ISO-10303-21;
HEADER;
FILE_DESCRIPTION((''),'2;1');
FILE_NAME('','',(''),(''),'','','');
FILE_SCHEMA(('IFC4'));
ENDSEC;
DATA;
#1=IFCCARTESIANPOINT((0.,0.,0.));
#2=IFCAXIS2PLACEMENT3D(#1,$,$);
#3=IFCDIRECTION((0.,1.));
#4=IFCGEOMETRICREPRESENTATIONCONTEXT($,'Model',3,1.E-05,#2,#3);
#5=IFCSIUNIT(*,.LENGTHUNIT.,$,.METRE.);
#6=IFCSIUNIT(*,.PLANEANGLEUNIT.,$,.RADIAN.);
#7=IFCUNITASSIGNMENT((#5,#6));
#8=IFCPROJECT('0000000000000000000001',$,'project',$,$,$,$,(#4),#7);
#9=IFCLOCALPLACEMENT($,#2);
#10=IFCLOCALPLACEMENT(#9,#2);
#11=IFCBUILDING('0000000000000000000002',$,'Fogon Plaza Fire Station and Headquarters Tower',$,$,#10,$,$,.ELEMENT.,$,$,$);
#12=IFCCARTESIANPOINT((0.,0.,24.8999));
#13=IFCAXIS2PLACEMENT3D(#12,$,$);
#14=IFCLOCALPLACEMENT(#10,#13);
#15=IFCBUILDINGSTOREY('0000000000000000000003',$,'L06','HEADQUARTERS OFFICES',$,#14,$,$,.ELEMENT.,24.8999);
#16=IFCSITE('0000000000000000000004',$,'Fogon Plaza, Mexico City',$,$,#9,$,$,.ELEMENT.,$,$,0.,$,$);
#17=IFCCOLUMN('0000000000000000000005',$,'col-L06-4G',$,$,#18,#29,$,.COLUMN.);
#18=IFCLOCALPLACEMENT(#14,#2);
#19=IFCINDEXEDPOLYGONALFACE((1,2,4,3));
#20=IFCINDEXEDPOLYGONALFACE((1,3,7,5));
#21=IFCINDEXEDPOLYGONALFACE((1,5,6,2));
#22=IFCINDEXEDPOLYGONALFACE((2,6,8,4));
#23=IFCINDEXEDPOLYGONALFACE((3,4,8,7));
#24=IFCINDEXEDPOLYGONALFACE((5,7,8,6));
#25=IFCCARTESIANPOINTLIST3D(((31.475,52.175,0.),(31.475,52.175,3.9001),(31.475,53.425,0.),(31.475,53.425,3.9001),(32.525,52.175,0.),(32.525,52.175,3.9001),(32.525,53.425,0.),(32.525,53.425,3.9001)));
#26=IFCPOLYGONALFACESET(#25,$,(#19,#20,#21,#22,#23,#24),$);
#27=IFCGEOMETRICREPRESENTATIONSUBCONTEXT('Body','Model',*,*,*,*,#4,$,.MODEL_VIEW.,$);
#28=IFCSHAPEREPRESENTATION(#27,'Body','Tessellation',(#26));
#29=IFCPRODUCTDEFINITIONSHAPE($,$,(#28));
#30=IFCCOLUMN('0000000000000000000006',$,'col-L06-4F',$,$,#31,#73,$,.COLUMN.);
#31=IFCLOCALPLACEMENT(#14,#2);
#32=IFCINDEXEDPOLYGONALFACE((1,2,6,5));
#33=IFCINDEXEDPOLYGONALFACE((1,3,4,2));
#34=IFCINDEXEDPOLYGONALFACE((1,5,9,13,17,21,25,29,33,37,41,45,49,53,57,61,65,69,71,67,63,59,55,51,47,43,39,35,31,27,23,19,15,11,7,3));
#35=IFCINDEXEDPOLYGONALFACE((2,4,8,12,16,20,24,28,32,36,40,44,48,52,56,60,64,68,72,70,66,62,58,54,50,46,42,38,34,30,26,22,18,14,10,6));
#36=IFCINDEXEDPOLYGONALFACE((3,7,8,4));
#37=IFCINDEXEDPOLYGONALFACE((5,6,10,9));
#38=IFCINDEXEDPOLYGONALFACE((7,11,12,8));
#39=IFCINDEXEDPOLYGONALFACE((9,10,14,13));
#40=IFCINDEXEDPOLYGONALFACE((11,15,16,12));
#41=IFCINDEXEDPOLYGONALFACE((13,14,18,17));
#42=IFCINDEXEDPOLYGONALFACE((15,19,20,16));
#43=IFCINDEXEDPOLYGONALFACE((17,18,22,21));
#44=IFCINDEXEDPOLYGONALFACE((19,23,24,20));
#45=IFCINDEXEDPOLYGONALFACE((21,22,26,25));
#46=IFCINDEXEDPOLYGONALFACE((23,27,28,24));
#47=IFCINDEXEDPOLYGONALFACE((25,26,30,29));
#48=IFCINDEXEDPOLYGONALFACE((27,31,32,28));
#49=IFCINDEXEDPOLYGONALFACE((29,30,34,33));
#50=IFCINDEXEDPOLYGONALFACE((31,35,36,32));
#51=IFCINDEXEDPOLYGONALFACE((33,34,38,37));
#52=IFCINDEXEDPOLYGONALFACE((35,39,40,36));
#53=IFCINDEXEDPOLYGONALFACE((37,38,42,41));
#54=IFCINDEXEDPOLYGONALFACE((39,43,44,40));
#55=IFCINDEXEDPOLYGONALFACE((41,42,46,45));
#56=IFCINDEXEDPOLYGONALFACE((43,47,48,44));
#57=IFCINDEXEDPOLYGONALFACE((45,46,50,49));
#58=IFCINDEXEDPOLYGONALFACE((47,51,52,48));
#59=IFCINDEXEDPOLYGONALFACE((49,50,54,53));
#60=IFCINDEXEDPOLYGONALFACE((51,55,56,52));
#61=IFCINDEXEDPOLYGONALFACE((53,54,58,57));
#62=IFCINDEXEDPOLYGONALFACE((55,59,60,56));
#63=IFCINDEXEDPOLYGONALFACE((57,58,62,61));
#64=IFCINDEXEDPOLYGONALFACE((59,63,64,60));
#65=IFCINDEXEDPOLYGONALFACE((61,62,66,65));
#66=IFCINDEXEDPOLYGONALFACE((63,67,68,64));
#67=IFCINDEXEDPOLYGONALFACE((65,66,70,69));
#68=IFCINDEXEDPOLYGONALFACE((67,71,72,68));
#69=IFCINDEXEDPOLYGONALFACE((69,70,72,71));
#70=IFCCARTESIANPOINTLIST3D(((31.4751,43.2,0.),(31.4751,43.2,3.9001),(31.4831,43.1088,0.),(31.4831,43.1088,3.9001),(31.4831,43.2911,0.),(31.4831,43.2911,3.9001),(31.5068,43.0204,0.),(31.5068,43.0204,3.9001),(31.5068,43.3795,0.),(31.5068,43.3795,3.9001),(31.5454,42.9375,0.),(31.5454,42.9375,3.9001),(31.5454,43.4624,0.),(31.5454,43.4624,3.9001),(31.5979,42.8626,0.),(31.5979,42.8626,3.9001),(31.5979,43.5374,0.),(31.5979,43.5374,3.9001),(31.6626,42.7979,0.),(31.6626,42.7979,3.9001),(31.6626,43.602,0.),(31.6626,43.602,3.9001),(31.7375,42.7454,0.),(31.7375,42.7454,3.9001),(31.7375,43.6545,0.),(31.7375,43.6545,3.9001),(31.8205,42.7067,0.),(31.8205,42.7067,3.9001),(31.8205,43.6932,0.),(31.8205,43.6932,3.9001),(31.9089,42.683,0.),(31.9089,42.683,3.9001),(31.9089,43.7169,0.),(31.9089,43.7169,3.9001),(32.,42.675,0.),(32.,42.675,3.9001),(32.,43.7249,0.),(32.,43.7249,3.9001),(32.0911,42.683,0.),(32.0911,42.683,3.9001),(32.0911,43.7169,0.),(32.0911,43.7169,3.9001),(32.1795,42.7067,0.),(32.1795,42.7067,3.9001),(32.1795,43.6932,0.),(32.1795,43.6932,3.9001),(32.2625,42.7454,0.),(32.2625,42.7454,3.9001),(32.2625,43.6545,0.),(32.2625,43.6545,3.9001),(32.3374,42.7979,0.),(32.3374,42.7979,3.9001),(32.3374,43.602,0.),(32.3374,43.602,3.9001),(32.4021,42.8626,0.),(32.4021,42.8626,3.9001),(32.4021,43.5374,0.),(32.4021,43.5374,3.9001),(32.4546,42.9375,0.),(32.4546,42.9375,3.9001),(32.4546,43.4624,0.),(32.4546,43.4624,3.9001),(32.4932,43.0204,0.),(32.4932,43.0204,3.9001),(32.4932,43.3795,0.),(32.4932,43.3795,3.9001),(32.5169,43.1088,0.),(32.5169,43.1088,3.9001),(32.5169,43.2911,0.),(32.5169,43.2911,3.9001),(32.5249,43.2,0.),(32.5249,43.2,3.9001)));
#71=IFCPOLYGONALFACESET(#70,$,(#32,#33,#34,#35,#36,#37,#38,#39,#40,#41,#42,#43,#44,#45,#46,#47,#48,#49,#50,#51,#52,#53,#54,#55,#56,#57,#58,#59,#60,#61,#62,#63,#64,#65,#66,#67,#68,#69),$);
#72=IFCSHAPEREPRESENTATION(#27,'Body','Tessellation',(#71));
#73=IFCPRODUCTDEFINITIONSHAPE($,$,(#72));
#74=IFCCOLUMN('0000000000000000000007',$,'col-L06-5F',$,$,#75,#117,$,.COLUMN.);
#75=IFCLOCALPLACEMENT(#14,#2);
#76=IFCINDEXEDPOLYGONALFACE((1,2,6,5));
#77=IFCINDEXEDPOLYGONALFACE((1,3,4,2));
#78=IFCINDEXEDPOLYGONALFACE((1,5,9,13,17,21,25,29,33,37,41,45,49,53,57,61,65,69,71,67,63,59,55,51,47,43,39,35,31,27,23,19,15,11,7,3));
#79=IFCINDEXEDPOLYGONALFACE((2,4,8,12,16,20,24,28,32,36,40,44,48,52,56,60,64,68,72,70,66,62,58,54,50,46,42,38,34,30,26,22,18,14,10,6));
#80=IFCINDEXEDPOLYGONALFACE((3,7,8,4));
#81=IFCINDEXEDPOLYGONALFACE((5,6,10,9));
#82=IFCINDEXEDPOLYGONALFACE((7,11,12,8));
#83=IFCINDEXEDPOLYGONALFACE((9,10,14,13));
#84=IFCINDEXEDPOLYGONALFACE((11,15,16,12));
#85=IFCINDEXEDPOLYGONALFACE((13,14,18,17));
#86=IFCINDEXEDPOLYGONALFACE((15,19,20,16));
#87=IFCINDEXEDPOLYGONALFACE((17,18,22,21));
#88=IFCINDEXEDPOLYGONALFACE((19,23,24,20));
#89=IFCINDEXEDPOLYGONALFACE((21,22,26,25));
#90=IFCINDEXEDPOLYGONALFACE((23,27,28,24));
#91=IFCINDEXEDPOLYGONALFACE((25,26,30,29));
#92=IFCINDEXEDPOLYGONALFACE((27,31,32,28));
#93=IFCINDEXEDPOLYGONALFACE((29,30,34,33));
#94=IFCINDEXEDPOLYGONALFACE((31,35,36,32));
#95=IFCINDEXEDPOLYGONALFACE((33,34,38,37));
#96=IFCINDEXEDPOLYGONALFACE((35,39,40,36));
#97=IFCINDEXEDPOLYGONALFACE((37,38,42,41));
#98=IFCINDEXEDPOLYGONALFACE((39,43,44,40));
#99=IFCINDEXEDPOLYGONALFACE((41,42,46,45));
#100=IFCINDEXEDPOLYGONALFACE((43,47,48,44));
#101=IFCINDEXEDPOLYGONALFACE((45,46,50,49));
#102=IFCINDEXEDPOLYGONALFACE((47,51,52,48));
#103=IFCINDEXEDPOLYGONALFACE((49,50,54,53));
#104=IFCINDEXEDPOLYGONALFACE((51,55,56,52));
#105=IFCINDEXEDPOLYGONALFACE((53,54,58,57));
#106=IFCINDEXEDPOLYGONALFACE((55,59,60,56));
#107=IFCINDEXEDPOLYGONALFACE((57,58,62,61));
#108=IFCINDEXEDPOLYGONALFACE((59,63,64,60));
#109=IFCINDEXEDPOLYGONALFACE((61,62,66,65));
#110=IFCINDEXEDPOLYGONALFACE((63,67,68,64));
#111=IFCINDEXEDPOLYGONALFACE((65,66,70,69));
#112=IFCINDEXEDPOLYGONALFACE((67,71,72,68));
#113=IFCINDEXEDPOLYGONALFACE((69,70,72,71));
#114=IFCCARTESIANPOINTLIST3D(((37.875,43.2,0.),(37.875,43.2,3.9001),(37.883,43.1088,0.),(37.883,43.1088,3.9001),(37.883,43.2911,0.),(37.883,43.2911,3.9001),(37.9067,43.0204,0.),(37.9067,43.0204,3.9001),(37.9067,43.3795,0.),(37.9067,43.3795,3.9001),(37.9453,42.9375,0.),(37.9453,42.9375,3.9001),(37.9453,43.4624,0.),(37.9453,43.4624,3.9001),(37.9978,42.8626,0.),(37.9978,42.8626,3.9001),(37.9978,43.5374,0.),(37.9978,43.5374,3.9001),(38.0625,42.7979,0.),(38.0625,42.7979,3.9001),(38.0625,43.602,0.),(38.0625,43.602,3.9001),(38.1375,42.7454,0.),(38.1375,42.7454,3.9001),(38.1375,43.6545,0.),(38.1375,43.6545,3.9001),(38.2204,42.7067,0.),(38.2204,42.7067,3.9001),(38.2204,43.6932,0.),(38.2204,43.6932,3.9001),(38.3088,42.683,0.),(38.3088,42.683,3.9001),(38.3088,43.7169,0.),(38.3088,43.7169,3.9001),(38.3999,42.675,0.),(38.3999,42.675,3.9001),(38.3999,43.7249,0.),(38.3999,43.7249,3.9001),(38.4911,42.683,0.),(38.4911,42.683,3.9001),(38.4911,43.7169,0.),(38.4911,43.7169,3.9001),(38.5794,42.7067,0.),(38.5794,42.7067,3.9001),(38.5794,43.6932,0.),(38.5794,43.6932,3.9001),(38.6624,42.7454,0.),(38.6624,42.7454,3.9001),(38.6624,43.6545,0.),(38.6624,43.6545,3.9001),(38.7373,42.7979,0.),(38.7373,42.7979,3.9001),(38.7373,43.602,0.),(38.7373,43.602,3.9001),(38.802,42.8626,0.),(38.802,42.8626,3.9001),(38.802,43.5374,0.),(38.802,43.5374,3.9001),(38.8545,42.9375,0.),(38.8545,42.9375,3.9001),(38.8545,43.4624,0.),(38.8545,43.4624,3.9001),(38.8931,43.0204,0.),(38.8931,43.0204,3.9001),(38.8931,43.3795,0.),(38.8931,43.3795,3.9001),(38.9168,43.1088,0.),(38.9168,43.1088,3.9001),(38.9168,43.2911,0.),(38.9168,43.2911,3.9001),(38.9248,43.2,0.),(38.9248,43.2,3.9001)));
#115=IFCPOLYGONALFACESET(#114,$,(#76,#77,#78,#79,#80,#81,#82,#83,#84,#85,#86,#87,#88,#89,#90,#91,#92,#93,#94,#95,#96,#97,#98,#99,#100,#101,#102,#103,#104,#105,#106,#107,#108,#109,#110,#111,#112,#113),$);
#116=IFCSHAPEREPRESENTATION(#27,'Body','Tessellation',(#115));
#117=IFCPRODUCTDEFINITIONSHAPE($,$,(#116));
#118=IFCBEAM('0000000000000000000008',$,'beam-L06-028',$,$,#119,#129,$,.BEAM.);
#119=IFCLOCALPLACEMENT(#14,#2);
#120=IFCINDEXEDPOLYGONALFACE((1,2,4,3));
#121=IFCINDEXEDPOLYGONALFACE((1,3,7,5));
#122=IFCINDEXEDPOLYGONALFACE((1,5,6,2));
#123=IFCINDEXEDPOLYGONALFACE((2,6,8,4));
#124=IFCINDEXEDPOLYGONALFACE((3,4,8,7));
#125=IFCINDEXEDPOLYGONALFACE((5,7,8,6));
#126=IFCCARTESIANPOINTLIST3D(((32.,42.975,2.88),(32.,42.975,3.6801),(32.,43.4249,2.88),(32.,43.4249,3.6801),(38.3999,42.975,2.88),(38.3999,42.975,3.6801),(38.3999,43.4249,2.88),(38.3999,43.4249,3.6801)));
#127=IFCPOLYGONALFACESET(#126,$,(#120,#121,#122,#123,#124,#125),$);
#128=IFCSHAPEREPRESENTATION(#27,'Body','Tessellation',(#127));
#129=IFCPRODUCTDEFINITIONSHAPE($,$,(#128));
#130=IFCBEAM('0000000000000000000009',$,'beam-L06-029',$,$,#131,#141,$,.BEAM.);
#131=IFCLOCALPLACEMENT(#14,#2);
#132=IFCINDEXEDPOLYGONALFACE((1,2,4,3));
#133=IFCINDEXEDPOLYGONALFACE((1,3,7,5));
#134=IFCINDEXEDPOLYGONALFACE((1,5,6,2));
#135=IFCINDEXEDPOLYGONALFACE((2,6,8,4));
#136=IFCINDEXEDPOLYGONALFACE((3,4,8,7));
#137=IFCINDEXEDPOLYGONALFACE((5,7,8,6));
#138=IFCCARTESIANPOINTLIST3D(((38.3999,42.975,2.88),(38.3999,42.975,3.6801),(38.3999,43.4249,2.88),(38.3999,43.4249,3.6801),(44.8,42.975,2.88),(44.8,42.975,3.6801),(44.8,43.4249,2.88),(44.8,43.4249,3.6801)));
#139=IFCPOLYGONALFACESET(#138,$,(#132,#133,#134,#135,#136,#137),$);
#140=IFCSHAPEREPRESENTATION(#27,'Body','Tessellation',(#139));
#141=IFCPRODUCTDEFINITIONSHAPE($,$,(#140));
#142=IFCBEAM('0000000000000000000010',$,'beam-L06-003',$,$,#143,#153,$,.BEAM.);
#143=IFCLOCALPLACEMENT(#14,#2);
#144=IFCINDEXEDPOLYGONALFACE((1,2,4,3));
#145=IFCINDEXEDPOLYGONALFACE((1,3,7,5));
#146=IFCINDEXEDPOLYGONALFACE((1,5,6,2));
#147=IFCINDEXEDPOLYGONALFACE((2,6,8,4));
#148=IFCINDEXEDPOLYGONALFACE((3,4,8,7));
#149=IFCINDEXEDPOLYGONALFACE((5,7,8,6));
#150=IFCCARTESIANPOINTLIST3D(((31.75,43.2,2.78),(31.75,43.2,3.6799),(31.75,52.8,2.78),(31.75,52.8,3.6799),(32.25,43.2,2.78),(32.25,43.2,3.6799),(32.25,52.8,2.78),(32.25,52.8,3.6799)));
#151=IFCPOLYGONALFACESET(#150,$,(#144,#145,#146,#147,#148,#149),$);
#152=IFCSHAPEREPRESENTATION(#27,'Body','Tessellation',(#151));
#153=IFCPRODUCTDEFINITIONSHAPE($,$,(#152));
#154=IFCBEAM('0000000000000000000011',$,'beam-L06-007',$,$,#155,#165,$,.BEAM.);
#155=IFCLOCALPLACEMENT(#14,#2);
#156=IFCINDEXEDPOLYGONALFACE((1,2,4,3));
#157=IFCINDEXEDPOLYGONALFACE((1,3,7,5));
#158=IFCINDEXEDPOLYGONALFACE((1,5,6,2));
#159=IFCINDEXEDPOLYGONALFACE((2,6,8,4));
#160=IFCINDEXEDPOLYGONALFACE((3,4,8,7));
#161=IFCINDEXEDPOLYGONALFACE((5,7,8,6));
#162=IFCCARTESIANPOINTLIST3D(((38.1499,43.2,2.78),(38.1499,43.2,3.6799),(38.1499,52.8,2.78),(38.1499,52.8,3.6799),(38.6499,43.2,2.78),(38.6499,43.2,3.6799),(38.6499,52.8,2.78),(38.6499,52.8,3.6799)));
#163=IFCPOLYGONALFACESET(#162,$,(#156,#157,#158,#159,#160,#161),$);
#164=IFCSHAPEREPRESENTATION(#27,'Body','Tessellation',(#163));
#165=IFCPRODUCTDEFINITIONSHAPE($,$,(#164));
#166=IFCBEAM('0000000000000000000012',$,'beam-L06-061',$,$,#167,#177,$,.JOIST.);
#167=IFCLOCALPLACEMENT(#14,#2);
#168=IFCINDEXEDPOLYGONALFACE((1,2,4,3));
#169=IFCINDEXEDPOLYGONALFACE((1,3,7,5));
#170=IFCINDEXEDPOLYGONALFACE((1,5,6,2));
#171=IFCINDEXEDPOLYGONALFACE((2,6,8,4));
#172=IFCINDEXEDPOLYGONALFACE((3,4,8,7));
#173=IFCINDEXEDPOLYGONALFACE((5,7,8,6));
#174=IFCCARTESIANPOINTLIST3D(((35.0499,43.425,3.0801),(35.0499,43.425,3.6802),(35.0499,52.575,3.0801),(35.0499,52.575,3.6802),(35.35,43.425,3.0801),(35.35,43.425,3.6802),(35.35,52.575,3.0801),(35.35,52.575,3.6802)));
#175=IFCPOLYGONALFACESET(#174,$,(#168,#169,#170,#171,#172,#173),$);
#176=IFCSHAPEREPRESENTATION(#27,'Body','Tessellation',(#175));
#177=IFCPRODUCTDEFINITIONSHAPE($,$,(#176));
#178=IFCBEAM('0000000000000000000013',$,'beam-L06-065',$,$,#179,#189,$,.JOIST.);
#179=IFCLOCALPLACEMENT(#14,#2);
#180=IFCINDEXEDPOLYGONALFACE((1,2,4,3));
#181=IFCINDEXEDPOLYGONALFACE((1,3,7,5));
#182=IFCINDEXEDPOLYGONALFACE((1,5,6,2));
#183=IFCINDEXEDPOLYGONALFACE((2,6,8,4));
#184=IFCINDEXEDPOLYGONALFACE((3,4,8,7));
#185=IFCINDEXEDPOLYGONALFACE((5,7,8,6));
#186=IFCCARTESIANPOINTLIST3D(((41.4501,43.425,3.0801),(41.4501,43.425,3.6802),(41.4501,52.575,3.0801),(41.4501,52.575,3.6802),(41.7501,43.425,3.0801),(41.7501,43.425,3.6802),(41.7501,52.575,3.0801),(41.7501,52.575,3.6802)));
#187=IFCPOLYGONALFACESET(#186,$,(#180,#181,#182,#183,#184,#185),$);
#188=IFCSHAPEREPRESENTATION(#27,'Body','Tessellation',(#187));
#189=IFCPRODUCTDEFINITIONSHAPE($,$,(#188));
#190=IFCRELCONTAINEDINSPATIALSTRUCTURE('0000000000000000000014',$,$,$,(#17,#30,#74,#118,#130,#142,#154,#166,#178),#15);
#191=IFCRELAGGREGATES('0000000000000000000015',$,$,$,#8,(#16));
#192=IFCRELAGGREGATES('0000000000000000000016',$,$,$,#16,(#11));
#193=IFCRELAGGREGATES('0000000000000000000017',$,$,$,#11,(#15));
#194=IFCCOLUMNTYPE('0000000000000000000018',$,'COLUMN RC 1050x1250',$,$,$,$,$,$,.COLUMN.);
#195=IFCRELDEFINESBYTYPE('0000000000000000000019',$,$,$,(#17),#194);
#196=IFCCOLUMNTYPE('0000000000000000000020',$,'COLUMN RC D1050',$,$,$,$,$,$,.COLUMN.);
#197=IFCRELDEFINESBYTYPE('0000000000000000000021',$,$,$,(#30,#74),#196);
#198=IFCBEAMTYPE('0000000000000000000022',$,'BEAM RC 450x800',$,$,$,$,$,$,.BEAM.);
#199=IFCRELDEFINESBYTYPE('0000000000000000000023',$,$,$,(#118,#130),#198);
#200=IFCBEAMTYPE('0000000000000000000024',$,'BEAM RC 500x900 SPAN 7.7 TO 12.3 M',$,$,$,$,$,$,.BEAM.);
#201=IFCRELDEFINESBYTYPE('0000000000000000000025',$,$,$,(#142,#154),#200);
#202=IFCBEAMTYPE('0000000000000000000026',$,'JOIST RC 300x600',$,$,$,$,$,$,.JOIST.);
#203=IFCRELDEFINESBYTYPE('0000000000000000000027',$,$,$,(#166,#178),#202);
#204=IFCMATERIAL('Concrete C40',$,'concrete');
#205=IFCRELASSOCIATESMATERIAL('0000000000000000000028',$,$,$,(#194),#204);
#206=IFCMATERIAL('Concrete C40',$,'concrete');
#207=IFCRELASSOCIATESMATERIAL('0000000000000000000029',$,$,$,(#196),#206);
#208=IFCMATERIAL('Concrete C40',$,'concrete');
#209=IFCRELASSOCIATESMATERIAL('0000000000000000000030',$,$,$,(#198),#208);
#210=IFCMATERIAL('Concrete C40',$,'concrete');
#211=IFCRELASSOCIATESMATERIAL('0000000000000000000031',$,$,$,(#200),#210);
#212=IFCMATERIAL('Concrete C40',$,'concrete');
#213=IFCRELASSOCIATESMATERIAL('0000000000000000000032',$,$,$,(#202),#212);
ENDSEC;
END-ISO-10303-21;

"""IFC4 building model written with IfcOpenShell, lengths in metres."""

from ifc_helpers import new_model, si_unit, direction, frame, origin, origin_2d, place, context, subcontext, project, spatial, rectangle, circle, extrude, material, material_profile, profile_set, type_object, element, save


model = new_model("IFC4")

# Units and contexts
model_context = context("Model", 3, precision=1e-05, world=origin(), true_north=direction((0.0, 1.0)))
body_context = subcontext(model_context, "Body", "Model", "MODEL_VIEW")
ifc_project = project(units=[si_unit("LENGTHUNIT", "METRE"), si_unit("PLANEANGLEUNIT", "RADIAN")], contexts=[model_context])

# Site, building, storey
site_placement = place(None, origin())
site = spatial("IfcSite", under=ifc_project, at=site_placement, Name="Fogon Plaza, Mexico City", CompositionType="ELEMENT", RefElevation=0.0)
building_placement = place(site_placement, origin())
building = spatial("IfcBuilding", under=site, at=building_placement, Name="Fogon Plaza Fire Station and Headquarters Tower", CompositionType="ELEMENT")
storey_placement = place(building_placement, frame((0.0, 0.0, 24.8999)))
storey = spatial("IfcBuildingStorey", under=building, at=storey_placement, Name="L06", Description="HEADQUARTERS OFFICES", CompositionType="ELEMENT", Elevation=24.8999)

# Columns
ifc_material_1 = material(Name="Concrete C40", Category="concrete")
ifc_material_profile_1 = material_profile(ifc_material_1, rectangle(XDim=1.05, YDim=1.25, at=origin_2d()), Name="RC 1050x1250")
ifc_profile_set_1 = profile_set([ifc_material_profile_1], Name="Concrete C40")
column_type_1 = type_object("IfcColumnType", Name="COLUMN RC 1050x1250", PredefinedType="COLUMN", material=ifc_profile_set_1)
column_placement = place(storey_placement, frame((32.0, 52.8, 0.0), z_axis=(0.0, 0.0, 1.0), x_axis=(1.0, 0.0, 0.0)))
element("IfcColumn", 1, at=column_placement, inside=storey, type_object=column_type_1, Name="col-L06-4G", PredefinedType="COLUMN", context=body_context, shape_type="SweptSolid", body=[
    extrude(rectangle(XDim=1.05, YDim=1.25, at=origin_2d()), origin(), (0.0, 0.0, 1.0), 3.9001),
])
ifc_material_2 = material(Name="Concrete C40", Category="concrete")
ifc_material_profile_2 = material_profile(ifc_material_2, circle(Radius=0.5249, at=origin_2d()), Name="RC D1050")
ifc_profile_set_2 = profile_set([ifc_material_profile_2], Name="Concrete C40")
column_type_2 = type_object("IfcColumnType", Name="COLUMN RC D1050", PredefinedType="COLUMN", material=ifc_profile_set_2)
for number, where, z_axis, x_axis, name in (
    (2, (32.0, 43.2, 0.0), (0.0, 0.0, 1.0), (1.0, 0.0, 0.0), "col-L06-4F"),
    (3, (38.3999, 43.2, 0.0), (0.0, 0.0, 1.0), (1.0, 0.0, 0.0), "col-L06-5F"),
):
    element("IfcColumn", number, at=place(storey_placement, frame(where, z_axis=z_axis, x_axis=x_axis)), inside=storey, type_object=column_type_2, Name=name, PredefinedType="COLUMN", context=body_context, shape_type="SweptSolid", body=[
        extrude(circle(Radius=0.5249, at=origin_2d()), origin(), (0.0, 0.0, 1.0), 3.9001),
    ])

# Beams
ifc_material_3 = material(Name="Concrete C40", Category="concrete")
ifc_material_profile_3 = material_profile(ifc_material_3, rectangle(XDim=0.45, YDim=0.8, at=origin_2d()), Name="RC 450x800")
ifc_profile_set_3 = profile_set([ifc_material_profile_3], Name="Concrete C40")
beam_type_1 = type_object("IfcBeamType", Name="BEAM RC 450x800", PredefinedType="BEAM", material=ifc_profile_set_3)
beam_1_placement = place(storey_placement, frame((32.0, 43.2, 3.28), z_axis=(1.0, 0.0, 0.0), x_axis=(0.0, 1.0, 0.0)))
element("IfcBeam", 4, at=beam_1_placement, inside=storey, type_object=beam_type_1, Name="beam-L06-028", PredefinedType="BEAM", context=body_context, shape_type="SweptSolid", body=[
    extrude(rectangle(XDim=0.45, YDim=0.8, at=origin_2d()), origin(), (0.0, 0.0, 1.0), 6.3999),
])
beam_2_placement = place(storey_placement, frame((38.3999, 43.2, 3.28), z_axis=(1.0, 0.0, 0.0), x_axis=(0.0, 1.0, 0.0)))
element("IfcBeam", 5, at=beam_2_placement, inside=storey, type_object=beam_type_1, Name="beam-L06-029", PredefinedType="BEAM", context=body_context, shape_type="SweptSolid", body=[
    extrude(rectangle(XDim=0.45, YDim=0.8, at=origin_2d()), origin(), (0.0, 0.0, 1.0), 6.4001),
])
ifc_material_4 = material(Name="Concrete C40", Category="concrete")
ifc_material_profile_4 = material_profile(ifc_material_4, rectangle(XDim=0.5, YDim=0.8999, at=origin_2d()), Name="RC 500x900")
ifc_profile_set_4 = profile_set([ifc_material_profile_4], Name="Concrete C40")
beam_type_2 = type_object("IfcBeamType", Name="BEAM RC 500x900 SPAN 7.7 TO 12.3 M", PredefinedType="BEAM", material=ifc_profile_set_4)
for number, where, z_axis, x_axis, name in (
    (6, (32.0, 43.2, 3.23), (0.0, 1.0, 0.0), (-1.0, 0.0, 0.0), "beam-L06-003"),
    (7, (38.3999, 43.2, 3.23), (0.0, 1.0, 0.0), (-1.0, 0.0, 0.0), "beam-L06-007"),
):
    element("IfcBeam", number, at=place(storey_placement, frame(where, z_axis=z_axis, x_axis=x_axis)), inside=storey, type_object=beam_type_2, Name=name, PredefinedType="BEAM", context=body_context, shape_type="SweptSolid", body=[
        extrude(rectangle(XDim=0.5, YDim=0.8999, at=origin_2d()), origin(), (0.0, 0.0, 1.0), 9.6001),
    ])
ifc_material_5 = material(Name="Concrete C40", Category="concrete")
ifc_material_profile_5 = material_profile(ifc_material_5, rectangle(XDim=0.3, YDim=0.6001, at=origin_2d()), Name="RC 300x600")
ifc_profile_set_5 = profile_set([ifc_material_profile_5], Name="Concrete C40")
beam_type_3 = type_object("IfcBeamType", Name="JOIST RC 300x600", PredefinedType="JOIST", material=ifc_profile_set_5)
for number, where, z_axis, x_axis, name in (
    (8, (35.2, 43.425, 3.3801), (0.0, 1.0, 0.0), (-1.0, 0.0, 0.0), "beam-L06-061"),
    (9, (41.6001, 43.425, 3.3801), (0.0, 1.0, 0.0), (-1.0, 0.0, 0.0), "beam-L06-065"),
):
    element("IfcBeam", number, at=place(storey_placement, frame(where, z_axis=z_axis, x_axis=x_axis)), inside=storey, type_object=beam_type_3, Name=name, PredefinedType="JOIST", context=body_context, shape_type="SweptSolid", body=[
        extrude(rectangle(XDim=0.3, YDim=0.6001, at=origin_2d()), origin(), (0.0, 0.0, 1.0), 9.1499),
    ])

save(model, "model.ifc")
